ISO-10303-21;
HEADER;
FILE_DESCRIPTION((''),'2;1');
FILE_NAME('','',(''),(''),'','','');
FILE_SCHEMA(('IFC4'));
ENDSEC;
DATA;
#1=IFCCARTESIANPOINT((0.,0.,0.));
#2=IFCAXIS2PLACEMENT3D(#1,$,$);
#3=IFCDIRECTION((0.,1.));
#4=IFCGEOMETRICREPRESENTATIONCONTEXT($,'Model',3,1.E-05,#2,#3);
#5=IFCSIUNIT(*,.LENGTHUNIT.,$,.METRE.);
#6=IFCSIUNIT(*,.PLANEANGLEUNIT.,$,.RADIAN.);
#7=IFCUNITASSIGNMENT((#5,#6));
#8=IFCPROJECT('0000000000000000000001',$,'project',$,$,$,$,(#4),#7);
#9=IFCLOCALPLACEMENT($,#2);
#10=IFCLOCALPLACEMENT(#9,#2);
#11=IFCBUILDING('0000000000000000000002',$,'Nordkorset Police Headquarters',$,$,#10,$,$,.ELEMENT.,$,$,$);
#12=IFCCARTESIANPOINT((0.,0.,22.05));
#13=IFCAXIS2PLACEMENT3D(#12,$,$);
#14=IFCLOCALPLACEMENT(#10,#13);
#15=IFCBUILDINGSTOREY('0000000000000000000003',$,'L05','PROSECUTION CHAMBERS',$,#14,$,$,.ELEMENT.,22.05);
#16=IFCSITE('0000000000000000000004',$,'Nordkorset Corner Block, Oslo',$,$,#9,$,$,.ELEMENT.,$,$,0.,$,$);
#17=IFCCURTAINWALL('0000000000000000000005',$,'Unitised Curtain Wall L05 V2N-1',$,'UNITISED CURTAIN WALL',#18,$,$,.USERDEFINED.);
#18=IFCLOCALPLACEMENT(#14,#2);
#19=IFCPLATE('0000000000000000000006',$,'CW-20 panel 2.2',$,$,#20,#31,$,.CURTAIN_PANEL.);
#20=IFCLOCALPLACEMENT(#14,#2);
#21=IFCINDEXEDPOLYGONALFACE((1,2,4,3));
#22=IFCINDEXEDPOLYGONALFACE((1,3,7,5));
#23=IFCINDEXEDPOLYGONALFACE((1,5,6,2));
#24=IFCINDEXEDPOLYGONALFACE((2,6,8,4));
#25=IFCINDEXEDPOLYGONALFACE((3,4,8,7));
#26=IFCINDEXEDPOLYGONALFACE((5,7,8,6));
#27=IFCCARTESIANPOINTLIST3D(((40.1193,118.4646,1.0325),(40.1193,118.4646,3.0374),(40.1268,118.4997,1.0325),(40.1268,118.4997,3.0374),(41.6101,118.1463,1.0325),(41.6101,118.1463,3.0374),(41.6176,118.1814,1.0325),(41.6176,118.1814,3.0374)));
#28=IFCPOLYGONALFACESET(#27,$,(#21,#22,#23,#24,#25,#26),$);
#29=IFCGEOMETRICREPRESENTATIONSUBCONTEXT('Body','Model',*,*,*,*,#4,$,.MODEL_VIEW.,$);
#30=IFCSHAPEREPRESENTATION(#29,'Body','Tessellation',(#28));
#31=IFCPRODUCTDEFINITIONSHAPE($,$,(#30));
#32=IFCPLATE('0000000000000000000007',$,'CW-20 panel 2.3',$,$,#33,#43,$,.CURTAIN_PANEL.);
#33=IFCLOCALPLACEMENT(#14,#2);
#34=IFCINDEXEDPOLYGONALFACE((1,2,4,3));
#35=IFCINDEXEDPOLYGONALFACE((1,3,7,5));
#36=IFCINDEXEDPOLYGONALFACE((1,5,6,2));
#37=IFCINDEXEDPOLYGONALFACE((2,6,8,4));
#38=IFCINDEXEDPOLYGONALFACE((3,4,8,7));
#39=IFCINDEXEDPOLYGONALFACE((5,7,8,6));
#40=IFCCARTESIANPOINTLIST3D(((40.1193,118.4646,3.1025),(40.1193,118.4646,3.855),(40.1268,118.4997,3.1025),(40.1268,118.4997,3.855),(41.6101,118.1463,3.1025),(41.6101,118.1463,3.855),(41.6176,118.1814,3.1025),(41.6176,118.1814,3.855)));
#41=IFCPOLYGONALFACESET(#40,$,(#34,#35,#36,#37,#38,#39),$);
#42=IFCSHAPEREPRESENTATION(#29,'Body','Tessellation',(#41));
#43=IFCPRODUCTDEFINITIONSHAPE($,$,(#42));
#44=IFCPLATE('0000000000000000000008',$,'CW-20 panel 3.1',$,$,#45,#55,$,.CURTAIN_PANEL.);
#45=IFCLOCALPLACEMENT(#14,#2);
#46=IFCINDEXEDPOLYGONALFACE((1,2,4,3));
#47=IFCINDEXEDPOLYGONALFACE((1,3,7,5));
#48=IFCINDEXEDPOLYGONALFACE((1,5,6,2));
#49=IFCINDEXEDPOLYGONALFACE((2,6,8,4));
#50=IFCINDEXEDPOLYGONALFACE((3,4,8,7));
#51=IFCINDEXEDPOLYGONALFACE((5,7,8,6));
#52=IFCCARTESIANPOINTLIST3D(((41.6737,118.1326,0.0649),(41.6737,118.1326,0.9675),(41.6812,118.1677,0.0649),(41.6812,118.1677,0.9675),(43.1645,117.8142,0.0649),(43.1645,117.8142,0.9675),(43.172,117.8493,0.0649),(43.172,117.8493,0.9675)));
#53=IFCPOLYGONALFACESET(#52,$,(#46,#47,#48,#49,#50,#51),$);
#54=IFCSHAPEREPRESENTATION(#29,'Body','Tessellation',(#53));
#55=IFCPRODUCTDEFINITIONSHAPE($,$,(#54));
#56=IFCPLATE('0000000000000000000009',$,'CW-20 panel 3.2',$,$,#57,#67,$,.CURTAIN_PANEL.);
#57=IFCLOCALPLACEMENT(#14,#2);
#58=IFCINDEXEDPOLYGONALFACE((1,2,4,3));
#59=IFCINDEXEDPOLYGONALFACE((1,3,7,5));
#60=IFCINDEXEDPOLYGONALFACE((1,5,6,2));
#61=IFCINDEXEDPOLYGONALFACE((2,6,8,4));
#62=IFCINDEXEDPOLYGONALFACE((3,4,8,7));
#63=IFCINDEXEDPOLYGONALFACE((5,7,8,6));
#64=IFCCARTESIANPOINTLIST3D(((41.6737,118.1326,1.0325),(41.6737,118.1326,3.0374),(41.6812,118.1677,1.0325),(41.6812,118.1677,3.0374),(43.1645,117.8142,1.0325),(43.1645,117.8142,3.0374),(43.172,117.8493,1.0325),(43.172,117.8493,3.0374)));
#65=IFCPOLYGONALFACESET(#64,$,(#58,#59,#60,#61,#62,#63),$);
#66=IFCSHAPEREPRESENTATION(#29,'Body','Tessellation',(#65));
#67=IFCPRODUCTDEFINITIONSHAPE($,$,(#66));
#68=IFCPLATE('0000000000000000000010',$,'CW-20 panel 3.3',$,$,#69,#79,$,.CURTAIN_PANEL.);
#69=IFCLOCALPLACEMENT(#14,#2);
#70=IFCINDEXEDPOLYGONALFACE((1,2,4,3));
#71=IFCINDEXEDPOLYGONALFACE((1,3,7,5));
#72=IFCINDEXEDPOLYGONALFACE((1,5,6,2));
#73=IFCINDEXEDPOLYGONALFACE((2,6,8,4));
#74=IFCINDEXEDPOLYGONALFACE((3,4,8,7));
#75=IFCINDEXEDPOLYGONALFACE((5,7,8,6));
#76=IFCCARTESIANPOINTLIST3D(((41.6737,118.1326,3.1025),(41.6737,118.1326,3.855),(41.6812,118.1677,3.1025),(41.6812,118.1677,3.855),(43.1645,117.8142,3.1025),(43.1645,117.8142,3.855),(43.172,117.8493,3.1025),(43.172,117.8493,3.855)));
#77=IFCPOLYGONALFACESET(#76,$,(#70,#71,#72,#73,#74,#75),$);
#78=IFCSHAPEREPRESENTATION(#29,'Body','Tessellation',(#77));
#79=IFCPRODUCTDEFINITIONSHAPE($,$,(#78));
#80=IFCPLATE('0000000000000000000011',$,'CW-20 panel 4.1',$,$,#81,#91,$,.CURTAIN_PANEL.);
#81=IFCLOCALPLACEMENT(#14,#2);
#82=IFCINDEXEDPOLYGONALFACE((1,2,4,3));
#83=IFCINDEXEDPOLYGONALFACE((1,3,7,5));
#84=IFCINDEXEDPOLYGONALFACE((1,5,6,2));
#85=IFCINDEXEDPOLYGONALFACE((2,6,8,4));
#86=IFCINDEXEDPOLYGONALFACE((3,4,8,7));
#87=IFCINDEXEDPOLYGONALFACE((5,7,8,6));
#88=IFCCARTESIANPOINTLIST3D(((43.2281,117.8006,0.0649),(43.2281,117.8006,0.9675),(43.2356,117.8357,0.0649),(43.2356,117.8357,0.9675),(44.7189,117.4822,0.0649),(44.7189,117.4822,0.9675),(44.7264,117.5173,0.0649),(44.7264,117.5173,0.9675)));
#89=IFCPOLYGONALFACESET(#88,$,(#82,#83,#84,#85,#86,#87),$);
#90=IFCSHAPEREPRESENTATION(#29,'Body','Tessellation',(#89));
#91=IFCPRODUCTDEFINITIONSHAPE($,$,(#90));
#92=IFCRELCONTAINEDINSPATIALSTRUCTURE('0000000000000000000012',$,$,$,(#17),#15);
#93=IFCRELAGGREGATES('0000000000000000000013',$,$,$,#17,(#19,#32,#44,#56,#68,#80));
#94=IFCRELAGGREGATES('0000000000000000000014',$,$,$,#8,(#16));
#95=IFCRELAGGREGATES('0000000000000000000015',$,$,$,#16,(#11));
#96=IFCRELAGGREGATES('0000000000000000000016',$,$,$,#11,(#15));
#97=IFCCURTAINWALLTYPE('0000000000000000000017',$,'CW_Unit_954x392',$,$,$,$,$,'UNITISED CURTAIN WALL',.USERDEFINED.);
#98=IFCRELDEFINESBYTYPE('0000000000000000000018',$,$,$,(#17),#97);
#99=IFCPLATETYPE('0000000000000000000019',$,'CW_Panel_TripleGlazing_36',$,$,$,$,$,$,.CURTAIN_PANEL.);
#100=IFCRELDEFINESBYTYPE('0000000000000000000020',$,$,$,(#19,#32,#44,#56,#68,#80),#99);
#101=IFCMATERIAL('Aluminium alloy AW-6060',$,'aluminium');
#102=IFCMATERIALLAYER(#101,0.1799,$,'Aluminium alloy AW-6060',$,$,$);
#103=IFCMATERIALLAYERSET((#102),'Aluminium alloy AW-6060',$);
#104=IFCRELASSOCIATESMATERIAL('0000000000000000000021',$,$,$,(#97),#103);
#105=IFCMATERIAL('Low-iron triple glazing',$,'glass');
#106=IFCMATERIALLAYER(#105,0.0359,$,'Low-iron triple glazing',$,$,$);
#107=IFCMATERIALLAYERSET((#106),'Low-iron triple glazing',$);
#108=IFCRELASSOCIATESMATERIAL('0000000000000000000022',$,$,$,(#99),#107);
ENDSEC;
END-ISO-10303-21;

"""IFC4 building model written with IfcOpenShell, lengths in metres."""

from ifc_helpers import new_model, si_unit, direction, frame, origin, origin_2d, place, context, subcontext, project, spatial, rectangle, extrude, material, layer, layer_set, type_object, element, aggregate, save


model = new_model("IFC4")

# Units and contexts
model_context = context("Model", 3, precision=1e-05, world=origin(), true_north=direction((0.0, 1.0)))
body_context = subcontext(model_context, "Body", "Model", "MODEL_VIEW")
ifc_project = project(units=[si_unit("LENGTHUNIT", "METRE"), si_unit("PLANEANGLEUNIT", "RADIAN")], contexts=[model_context])

# Site, building, storey
site_placement = place(None, origin())
site = spatial("IfcSite", under=ifc_project, at=site_placement, Name="Nordkorset Corner Block, Oslo", CompositionType="ELEMENT", RefElevation=0.0)
building_placement = place(site_placement, origin())
building = spatial("IfcBuilding", under=site, at=building_placement, Name="Nordkorset Police Headquarters", CompositionType="ELEMENT")
storey_placement = place(building_placement, frame((0.0, 0.0, 22.05)))
storey = spatial("IfcBuildingStorey", under=building, at=storey_placement, Name="L05", Description="PROSECUTION CHAMBERS", CompositionType="ELEMENT", Elevation=22.05)

# Curtain wall
ifc_material_1 = material(Name="Aluminium alloy AW-6060", Category="aluminium")
ifc_layer_1 = layer(ifc_material_1, 0.1799, Name="Aluminium alloy AW-6060")
ifc_layer_set_1 = layer_set([ifc_layer_1], Name="Aluminium alloy AW-6060")
curtain_wall_type = type_object("IfcCurtainWallType", Name="CW_Unit_954x392", ElementType="UNITISED CURTAIN WALL", PredefinedType="USERDEFINED", material=ifc_layer_set_1)
curtain_wall_placement = place(storey_placement, origin())
curtain_wall = element("IfcCurtainWall", 1, at=curtain_wall_placement, inside=storey, type_object=curtain_wall_type, Name="Unitised Curtain Wall L05 V2N-1", ObjectType="UNITISED CURTAIN WALL", PredefinedType="USERDEFINED")

# Plates
ifc_material_2 = material(Name="Low-iron triple glazing", Category="glass")
ifc_layer_2 = layer(ifc_material_2, 0.0359, Name="Low-iron triple glazing")
ifc_layer_set_2 = layer_set([ifc_layer_2], Name="Low-iron triple glazing")
plate_type = type_object("IfcPlateType", Name="CW_Panel_TripleGlazing_36", PredefinedType="CURTAIN_PANEL", material=ifc_layer_set_2)
plate_1_placement = place(storey_placement, frame((40.8684, 118.323, 1.0325), z_axis=(0.0, 0.0, 1.0), x_axis=(0.977951, -0.208833, 0.0)))
plate_1 = element("IfcPlate", 2, at=plate_1_placement, type_object=plate_type, Name="CW-20 panel 2.2", PredefinedType="CURTAIN_PANEL", context=body_context, shape_type="SweptSolid", body=[
    extrude(rectangle(XDim=1.5244, YDim=0.0359, at=origin_2d()), origin(), (0.0, 0.0, 1.0), 2.0049),
])
plate_2_placement = place(storey_placement, frame((40.8684, 118.323, 3.1025), z_axis=(0.0, 0.0, 1.0), x_axis=(0.977951, -0.208833, 0.0)))
plate_2 = element("IfcPlate", 3, at=plate_2_placement, type_object=plate_type, Name="CW-20 panel 2.3", PredefinedType="CURTAIN_PANEL", context=body_context, shape_type="SweptSolid", body=[
    extrude(rectangle(XDim=1.5244, YDim=0.0359, at=origin_2d()), origin(), (0.0, 0.0, 1.0), 0.7524),
])
plate_3_placement = place(storey_placement, frame((42.4229, 117.991, 0.0649), z_axis=(0.0, 0.0, 1.0), x_axis=(0.977951, -0.208833, 0.0)))
plate_3 = element("IfcPlate", 4, at=plate_3_placement, type_object=plate_type, Name="CW-20 panel 3.1", PredefinedType="CURTAIN_PANEL", context=body_context, shape_type="SweptSolid", body=[
    extrude(rectangle(XDim=1.5244, YDim=0.0359, at=origin_2d()), origin(), (0.0, 0.0, 1.0), 0.9026),
])
plate_4_placement = place(storey_placement, frame((42.4229, 117.991, 1.0325), z_axis=(0.0, 0.0, 1.0), x_axis=(0.977951, -0.208833, 0.0)))
plate_4 = element("IfcPlate", 5, at=plate_4_placement, type_object=plate_type, Name="CW-20 panel 3.2", PredefinedType="CURTAIN_PANEL", context=body_context, shape_type="SweptSolid", body=[
    extrude(rectangle(XDim=1.5244, YDim=0.0359, at=origin_2d()), origin(), (0.0, 0.0, 1.0), 2.0049),
])
plate_5_placement = place(storey_placement, frame((42.4229, 117.991, 3.1025), z_axis=(0.0, 0.0, 1.0), x_axis=(0.977951, -0.208833, 0.0)))
plate_5 = element("IfcPlate", 6, at=plate_5_placement, type_object=plate_type, Name="CW-20 panel 3.3", PredefinedType="CURTAIN_PANEL", context=body_context, shape_type="SweptSolid", body=[
    extrude(rectangle(XDim=1.5244, YDim=0.0359, at=origin_2d()), origin(), (0.0, 0.0, 1.0), 0.7524),
])
plate_6_placement = place(storey_placement, frame((43.9773, 117.6589, 0.0649), z_axis=(0.0, 0.0, 1.0), x_axis=(0.977951, -0.208833, 0.0)))
plate_6 = element("IfcPlate", 7, at=plate_6_placement, type_object=plate_type, Name="CW-20 panel 4.1", PredefinedType="CURTAIN_PANEL", context=body_context, shape_type="SweptSolid", body=[
    extrude(rectangle(XDim=1.5244, YDim=0.0359, at=origin_2d()), origin(), (0.0, 0.0, 1.0), 0.9026),
])
aggregate(curtain_wall, [plate_1, plate_2, plate_3, plate_4, plate_5, plate_6])

save(model, "model.ifc")
